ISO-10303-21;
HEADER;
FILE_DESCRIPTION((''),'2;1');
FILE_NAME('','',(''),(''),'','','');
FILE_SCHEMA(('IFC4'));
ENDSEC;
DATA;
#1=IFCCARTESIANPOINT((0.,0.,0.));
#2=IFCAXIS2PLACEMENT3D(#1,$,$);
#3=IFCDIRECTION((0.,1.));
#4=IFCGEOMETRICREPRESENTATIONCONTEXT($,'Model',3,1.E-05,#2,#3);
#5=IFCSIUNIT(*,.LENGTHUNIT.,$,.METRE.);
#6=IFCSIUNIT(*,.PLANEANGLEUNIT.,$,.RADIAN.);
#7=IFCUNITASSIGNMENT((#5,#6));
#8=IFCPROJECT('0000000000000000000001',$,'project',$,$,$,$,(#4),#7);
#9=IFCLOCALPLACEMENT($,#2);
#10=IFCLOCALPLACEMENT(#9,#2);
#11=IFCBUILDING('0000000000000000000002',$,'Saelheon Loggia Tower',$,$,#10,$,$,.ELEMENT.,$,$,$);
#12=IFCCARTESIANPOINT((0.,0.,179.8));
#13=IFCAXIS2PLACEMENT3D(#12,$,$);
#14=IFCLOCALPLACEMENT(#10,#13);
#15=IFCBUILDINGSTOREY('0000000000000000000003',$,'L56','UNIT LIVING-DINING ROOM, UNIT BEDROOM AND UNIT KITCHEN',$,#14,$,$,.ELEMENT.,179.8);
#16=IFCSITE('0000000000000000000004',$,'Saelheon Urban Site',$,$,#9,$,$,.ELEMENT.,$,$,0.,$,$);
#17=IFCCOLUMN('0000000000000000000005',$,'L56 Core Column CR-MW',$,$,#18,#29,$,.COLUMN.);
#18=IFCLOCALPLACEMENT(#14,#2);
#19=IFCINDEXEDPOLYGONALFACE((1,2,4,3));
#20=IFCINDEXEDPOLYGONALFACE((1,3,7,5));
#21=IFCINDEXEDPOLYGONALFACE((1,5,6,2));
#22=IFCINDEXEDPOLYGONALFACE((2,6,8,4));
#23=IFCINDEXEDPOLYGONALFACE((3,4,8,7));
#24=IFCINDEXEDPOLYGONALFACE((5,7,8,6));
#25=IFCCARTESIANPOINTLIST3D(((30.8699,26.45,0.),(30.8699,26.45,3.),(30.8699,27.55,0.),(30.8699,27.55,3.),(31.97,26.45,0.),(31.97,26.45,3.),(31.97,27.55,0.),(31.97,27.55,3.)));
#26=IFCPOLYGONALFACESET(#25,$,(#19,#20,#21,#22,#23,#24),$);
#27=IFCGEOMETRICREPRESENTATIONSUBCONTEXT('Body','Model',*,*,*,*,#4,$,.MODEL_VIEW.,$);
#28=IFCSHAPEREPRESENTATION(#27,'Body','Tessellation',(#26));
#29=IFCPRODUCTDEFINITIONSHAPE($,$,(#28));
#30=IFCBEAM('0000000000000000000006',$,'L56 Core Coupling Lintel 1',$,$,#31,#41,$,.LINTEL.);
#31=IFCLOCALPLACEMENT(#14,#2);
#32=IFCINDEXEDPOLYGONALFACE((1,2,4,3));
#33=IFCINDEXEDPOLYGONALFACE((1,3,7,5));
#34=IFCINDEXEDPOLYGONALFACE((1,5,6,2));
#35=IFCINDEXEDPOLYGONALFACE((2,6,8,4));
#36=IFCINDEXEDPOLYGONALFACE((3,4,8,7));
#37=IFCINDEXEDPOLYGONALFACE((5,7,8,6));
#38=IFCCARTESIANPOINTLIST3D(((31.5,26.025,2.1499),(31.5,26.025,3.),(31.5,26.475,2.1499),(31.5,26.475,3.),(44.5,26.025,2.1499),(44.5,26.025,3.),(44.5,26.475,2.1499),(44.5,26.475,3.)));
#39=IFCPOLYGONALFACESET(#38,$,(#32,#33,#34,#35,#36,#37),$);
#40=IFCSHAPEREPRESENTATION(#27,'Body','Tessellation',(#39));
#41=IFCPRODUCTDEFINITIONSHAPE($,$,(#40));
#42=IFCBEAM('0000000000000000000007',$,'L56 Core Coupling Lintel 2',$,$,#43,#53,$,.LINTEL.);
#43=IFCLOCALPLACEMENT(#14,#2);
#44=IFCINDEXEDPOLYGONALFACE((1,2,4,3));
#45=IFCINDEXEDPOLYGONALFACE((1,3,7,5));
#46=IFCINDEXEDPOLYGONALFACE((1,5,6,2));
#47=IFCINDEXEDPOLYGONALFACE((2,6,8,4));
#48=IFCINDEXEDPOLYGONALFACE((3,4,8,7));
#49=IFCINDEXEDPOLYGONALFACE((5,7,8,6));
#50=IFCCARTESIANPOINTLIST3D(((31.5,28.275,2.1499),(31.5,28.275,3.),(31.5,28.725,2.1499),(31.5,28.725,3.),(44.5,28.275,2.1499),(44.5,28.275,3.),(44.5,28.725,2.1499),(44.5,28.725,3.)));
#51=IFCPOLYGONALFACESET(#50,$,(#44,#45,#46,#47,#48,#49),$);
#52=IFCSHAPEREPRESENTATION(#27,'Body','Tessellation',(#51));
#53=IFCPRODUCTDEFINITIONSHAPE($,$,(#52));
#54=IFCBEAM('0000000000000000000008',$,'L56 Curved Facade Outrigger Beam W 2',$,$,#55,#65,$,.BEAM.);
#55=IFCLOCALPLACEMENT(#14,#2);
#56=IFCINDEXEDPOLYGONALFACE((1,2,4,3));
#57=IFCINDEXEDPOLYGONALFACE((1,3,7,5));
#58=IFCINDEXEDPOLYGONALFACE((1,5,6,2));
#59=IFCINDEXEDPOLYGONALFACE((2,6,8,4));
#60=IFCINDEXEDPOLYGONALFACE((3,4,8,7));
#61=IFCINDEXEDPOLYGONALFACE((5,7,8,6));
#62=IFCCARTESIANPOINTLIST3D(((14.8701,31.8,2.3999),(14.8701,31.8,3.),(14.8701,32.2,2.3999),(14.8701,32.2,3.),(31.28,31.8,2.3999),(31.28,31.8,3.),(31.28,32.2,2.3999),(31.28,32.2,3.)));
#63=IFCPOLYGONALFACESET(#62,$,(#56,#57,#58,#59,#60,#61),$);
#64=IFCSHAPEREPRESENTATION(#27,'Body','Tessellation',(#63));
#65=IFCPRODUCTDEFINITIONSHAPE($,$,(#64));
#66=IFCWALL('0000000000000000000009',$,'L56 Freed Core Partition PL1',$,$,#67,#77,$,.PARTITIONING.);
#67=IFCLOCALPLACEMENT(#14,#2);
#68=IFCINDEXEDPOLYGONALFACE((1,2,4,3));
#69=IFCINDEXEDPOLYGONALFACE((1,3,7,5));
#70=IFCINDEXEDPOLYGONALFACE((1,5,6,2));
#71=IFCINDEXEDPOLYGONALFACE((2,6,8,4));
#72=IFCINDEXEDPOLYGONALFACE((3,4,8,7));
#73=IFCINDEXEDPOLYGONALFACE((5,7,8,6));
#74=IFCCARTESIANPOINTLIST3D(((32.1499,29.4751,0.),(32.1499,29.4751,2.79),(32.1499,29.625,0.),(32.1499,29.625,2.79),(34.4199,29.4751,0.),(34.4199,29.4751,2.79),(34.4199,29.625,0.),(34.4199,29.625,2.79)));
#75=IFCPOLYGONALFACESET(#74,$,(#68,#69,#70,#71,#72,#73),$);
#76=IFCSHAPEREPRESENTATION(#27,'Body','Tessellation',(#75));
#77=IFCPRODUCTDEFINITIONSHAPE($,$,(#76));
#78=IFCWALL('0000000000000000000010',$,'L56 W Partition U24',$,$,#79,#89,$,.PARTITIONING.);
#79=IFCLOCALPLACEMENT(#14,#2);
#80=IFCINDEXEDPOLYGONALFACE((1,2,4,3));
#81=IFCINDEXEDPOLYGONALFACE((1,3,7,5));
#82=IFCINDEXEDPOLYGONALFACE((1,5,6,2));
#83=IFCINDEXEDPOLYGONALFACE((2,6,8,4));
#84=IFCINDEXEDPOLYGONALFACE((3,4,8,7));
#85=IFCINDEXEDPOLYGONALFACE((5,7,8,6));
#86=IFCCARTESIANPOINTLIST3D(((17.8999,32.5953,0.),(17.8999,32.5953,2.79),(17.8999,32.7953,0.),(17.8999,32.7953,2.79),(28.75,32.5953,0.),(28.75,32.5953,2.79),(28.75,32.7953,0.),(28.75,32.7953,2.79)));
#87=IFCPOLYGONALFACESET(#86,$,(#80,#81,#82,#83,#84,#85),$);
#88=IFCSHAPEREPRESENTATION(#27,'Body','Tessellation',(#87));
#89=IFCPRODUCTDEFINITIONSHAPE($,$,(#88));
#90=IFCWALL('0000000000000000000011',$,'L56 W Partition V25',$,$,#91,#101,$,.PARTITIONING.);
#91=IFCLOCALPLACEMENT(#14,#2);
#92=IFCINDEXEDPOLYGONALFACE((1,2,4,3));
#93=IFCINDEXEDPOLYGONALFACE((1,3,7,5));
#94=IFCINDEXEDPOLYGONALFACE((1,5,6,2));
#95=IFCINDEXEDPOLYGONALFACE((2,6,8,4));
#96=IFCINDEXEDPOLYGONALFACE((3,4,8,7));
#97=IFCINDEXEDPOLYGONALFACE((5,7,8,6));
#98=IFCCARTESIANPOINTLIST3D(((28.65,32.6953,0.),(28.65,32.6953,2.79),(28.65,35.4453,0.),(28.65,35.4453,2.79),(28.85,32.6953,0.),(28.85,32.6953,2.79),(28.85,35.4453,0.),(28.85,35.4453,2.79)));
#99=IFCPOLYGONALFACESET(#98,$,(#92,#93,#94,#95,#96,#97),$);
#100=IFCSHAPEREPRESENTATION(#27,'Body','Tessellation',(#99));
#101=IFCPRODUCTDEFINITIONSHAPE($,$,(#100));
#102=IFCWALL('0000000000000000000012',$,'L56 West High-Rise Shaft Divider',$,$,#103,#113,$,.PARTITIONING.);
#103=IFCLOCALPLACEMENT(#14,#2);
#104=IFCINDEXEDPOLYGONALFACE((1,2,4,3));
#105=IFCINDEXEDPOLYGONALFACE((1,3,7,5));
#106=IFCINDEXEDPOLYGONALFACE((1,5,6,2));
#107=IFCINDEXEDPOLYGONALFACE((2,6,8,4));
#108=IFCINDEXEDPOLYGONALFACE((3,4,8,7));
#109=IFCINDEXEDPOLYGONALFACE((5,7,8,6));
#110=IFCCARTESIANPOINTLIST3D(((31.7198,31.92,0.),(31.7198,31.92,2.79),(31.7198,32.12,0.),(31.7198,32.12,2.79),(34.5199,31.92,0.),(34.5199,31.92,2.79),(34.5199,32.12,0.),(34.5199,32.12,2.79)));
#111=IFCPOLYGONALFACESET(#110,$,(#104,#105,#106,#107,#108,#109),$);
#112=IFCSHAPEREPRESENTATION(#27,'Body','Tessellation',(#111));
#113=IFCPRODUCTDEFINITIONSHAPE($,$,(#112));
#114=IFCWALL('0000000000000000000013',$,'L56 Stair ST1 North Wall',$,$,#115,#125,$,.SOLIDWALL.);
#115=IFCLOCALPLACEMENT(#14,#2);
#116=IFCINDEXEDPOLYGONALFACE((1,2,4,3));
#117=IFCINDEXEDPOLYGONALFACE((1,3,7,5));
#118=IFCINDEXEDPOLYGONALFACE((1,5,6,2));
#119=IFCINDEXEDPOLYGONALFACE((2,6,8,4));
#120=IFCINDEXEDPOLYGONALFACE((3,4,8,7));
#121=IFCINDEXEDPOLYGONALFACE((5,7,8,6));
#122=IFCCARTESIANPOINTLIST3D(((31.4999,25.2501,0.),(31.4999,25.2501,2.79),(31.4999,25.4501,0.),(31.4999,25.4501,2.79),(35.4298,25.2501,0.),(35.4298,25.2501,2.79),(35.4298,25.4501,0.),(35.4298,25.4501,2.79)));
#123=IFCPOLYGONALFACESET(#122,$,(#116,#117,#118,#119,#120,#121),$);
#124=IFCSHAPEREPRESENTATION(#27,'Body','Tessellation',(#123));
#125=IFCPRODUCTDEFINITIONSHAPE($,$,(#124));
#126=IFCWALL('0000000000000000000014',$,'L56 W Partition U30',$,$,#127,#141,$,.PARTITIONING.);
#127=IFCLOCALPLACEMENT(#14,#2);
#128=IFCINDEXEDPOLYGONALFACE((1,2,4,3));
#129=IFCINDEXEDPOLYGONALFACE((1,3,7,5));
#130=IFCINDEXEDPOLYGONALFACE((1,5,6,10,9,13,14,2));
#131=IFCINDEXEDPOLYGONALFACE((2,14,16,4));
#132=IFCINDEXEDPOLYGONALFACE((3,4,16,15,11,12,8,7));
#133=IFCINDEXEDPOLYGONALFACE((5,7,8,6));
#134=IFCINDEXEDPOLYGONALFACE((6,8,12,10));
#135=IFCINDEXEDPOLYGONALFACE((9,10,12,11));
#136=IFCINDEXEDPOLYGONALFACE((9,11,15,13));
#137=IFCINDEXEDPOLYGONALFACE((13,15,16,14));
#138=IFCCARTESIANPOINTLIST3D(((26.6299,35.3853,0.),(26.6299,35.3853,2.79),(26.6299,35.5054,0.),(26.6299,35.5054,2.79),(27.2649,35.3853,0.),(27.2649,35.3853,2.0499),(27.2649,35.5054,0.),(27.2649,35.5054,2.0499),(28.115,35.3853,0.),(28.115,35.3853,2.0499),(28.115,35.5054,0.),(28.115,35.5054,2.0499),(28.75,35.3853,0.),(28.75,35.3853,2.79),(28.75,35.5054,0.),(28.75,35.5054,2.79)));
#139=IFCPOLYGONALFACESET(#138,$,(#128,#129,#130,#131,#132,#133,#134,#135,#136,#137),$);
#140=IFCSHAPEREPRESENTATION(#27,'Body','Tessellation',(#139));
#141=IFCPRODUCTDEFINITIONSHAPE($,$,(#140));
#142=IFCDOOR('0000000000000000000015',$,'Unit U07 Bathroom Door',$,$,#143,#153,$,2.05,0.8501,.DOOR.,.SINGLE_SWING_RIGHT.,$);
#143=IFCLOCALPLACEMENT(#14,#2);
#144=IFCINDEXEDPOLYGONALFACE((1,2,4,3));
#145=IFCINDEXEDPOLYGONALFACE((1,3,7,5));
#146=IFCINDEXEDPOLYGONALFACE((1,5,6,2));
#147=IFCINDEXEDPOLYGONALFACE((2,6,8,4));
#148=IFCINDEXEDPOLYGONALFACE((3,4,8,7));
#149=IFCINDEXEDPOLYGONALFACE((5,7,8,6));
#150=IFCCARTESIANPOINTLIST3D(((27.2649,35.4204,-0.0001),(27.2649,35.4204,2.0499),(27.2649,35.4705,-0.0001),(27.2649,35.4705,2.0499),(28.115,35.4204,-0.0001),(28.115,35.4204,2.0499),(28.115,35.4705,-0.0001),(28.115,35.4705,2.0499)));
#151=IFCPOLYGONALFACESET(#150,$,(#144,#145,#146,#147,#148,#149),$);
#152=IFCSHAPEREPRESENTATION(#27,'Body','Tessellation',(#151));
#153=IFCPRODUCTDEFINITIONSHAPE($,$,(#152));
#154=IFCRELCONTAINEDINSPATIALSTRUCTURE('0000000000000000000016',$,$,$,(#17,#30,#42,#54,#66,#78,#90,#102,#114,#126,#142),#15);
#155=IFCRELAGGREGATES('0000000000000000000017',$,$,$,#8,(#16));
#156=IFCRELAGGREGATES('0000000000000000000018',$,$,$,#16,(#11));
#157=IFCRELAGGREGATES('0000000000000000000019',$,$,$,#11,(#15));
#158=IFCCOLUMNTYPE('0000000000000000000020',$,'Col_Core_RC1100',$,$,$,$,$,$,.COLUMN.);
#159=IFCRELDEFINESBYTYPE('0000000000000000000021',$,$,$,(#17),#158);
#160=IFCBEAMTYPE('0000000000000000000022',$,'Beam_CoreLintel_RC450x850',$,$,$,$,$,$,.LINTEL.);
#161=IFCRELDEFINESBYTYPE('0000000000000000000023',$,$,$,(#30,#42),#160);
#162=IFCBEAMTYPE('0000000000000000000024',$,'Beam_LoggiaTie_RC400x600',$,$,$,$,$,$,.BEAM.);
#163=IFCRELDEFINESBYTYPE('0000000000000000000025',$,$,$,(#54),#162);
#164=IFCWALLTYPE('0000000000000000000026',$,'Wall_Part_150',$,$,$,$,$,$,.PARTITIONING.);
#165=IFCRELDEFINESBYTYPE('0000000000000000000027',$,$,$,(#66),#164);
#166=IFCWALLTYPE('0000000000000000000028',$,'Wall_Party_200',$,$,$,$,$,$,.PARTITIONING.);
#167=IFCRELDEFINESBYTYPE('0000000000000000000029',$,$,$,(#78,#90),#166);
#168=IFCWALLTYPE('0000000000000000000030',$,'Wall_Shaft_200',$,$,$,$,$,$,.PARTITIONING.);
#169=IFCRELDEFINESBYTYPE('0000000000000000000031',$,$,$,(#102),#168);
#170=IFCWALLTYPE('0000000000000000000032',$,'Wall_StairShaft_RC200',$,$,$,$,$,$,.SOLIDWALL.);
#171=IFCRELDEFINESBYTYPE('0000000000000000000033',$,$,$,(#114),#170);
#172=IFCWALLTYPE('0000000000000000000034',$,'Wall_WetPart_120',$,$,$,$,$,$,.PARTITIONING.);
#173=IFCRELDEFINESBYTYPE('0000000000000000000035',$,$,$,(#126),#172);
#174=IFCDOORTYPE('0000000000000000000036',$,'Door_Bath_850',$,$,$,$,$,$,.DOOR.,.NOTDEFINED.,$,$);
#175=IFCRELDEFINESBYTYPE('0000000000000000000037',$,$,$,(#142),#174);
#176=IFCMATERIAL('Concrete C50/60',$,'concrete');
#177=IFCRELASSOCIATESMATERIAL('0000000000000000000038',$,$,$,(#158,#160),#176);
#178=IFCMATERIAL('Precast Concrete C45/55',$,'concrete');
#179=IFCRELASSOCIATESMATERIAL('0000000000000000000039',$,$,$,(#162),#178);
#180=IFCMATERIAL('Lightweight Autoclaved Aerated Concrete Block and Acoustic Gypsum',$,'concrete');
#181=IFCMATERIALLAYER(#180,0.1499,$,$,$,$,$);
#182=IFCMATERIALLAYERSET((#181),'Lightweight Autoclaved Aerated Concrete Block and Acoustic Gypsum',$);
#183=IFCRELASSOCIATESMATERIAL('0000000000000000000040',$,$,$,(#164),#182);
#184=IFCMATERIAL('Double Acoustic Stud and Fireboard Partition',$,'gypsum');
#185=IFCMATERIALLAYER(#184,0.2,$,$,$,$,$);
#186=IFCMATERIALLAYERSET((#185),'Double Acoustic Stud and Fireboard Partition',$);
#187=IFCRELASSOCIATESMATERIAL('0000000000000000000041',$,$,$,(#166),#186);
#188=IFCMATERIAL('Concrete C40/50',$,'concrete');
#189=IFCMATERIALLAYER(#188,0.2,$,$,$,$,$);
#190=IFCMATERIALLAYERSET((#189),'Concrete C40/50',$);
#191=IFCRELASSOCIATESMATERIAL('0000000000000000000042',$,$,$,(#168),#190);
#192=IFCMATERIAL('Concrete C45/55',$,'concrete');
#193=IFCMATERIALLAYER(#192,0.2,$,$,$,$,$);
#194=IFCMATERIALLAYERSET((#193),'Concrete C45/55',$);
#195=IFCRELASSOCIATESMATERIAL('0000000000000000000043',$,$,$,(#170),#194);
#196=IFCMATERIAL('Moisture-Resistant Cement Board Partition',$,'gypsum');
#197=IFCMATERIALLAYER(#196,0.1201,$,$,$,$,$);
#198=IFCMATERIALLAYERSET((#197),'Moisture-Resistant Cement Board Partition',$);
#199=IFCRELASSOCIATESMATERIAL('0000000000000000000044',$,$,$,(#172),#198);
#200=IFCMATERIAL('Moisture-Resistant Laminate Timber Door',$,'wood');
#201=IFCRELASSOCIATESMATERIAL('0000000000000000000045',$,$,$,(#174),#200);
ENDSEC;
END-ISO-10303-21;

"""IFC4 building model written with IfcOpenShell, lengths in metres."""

from ifc_helpers import new_model, si_unit, direction, frame, frame_2d, origin, origin_2d, place, context, subcontext, project, spatial, rectangle, extrude, source, transform, mapped, material, layer, layer_set, material_profile, profile_set, type_object, element, fill, save


model = new_model("IFC4")

# Units and contexts
model_context = context("Model", 3, precision=1e-05, world=origin(), true_north=direction((0.0, 1.0)))
body_context = subcontext(model_context, "Body", "Model", "MODEL_VIEW")
ifc_project = project(units=[si_unit("LENGTHUNIT", "METRE"), si_unit("PLANEANGLEUNIT", "RADIAN")], contexts=[model_context])

# Site, building, storey
site_placement = place(None, origin())
site = spatial("IfcSite", under=ifc_project, at=site_placement, Name="Saelheon Urban Site", CompositionType="ELEMENT", RefElevation=0.0)
building_placement = place(site_placement, origin())
building = spatial("IfcBuilding", under=site, at=building_placement, Name="Saelheon Loggia Tower", CompositionType="ELEMENT")
storey_placement = place(building_placement, frame((0.0, 0.0, 179.8)))
storey = spatial("IfcBuildingStorey", under=building, at=storey_placement, Name="L56", Description="UNIT LIVING-DINING ROOM, UNIT BEDROOM AND UNIT KITCHEN", CompositionType="ELEMENT", Elevation=179.8)

# Column
ifc_material_1 = material(Name="Concrete C50/60", Category="concrete")
ifc_material_profile_1 = material_profile(ifc_material_1, rectangle(XDim=1.1001, YDim=1.1001, at=origin_2d()), Name="RC-1100x1100")
ifc_profile_set_1 = profile_set([ifc_material_profile_1], Name="Concrete C50/60")
column_type = type_object("IfcColumnType", Name="Col_Core_RC1100", PredefinedType="COLUMN", material=ifc_profile_set_1)
shared_shape_1 = source(origin(), body_context, "Body", "SweptSolid", [
    extrude(rectangle(XDim=1.1001, YDim=1.1001, at=origin_2d()), origin(), (0.0, 0.0, 1.0), 3.0),
])
column_placement = place(storey_placement, frame((31.4199, 27.0, 0.0), z_axis=(0.0, 0.0, 1.0), x_axis=(1.0, 0.0, 0.0)))
element("IfcColumn", 1, at=column_placement, inside=storey, type_object=column_type, Name="L56 Core Column CR-MW", PredefinedType="COLUMN", context=body_context, shape_type="MappedRepresentation", body=[
    mapped(shared_shape_1, transform((0.0, 0.0, 0.0), scale=1.0)),
])

# Beams
ifc_material_profile_2 = material_profile(ifc_material_1, rectangle(XDim=0.45, YDim=0.8501, at=origin_2d()), Name="RC-450x850")
ifc_profile_set_2 = profile_set([ifc_material_profile_2], Name="Concrete C50/60")
beam_type_1 = type_object("IfcBeamType", Name="Beam_CoreLintel_RC450x850", PredefinedType="LINTEL", material=ifc_profile_set_2)
shared_shape_2 = source(origin(), body_context, "Body", "SweptSolid", [
    extrude(rectangle(XDim=0.45, YDim=0.8501, at=origin_2d()), origin(), (0.0, 0.0, 1.0), 13.0),
])
for number, where, z_axis, x_axis, name in (
    (2, (31.5, 26.25, 2.575), (1.0, 0.0, 0.0), (0.0, 1.0, 0.0), "L56 Core Coupling Lintel 1"),
    (3, (31.5, 28.5, 2.575), (1.0, 0.0, 0.0), (0.0, 1.0, 0.0), "L56 Core Coupling Lintel 2"),
):
    element("IfcBeam", number, at=place(storey_placement, frame(where, z_axis=z_axis, x_axis=x_axis)), inside=storey, type_object=beam_type_1, Name=name, PredefinedType="LINTEL", context=body_context, shape_type="MappedRepresentation", body=[
        mapped(shared_shape_2, transform((0.0, 0.0, 0.0), scale=1.0)),
    ])
ifc_material_2 = material(Name="Precast Concrete C45/55", Category="concrete")
ifc_material_profile_3 = material_profile(ifc_material_2, rectangle(XDim=0.3999, YDim=0.6001, at=origin_2d()), Name="RC-400x600")
ifc_profile_set_3 = profile_set([ifc_material_profile_3], Name="Precast Concrete C45/55")
beam_type_2 = type_object("IfcBeamType", Name="Beam_LoggiaTie_RC400x600", PredefinedType="BEAM", material=ifc_profile_set_3)
shared_shape_3 = source(origin(), body_context, "Body", "SweptSolid", [
    extrude(rectangle(XDim=0.3999, YDim=0.6001, at=origin_2d()), origin(), (0.0, 0.0, 1.0), 16.4099),
])
beam_placement = place(storey_placement, frame((31.28, 32.0, 2.7), z_axis=(-1.0, 0.0, 0.0), x_axis=(0.0, -1.0, 0.0)))
element("IfcBeam", 4, at=beam_placement, inside=storey, type_object=beam_type_2, Name="L56 Curved Facade Outrigger Beam W 2", PredefinedType="BEAM", context=body_context, shape_type="MappedRepresentation", body=[
    mapped(shared_shape_3, transform((0.0, 0.0, 0.0), scale=1.0)),
])

# Walls
ifc_material_3 = material(Name="Lightweight Autoclaved Aerated Concrete Block and Acoustic Gypsum", Category="concrete")
ifc_layer_1 = layer(ifc_material_3, 0.1499)
ifc_layer_set_1 = layer_set([ifc_layer_1], Name="Lightweight Autoclaved Aerated Concrete Block and Acoustic Gypsum")
wall_type_1 = type_object("IfcWallType", Name="Wall_Part_150", PredefinedType="PARTITIONING", material=ifc_layer_set_1)
wall_1_placement = place(storey_placement, frame((32.1499, 29.55, 0.0), z_axis=(0.0, 0.0, 1.0), x_axis=(1.0, 0.0, 0.0)))
element("IfcWall", 5, at=wall_1_placement, inside=storey, type_object=wall_type_1, Name="L56 Freed Core Partition PL1", PredefinedType="PARTITIONING", context=body_context, shape_type="SweptSolid", body=[
    extrude(rectangle(XDim=2.27, YDim=0.1499, at=frame_2d((1.135, 0.0))), origin(), (0.0, 0.0, 1.0), 2.79),
])
ifc_material_4 = material(Name="Double Acoustic Stud and Fireboard Partition", Category="gypsum")
ifc_layer_2 = layer(ifc_material_4, 0.2)
ifc_layer_set_2 = layer_set([ifc_layer_2], Name="Double Acoustic Stud and Fireboard Partition")
wall_type_2 = type_object("IfcWallType", Name="Wall_Party_200", PredefinedType="PARTITIONING", material=ifc_layer_set_2)
wall_2_placement = place(storey_placement, frame((28.75, 32.6953, 0.0), z_axis=(0.0, 0.0, 1.0), x_axis=(-1.0, 0.0, 0.0)))
element("IfcWall", 6, at=wall_2_placement, inside=storey, type_object=wall_type_2, Name="L56 W Partition U24", PredefinedType="PARTITIONING", context=body_context, shape_type="SweptSolid", body=[
    extrude(rectangle(XDim=10.8501, YDim=0.2, at=frame_2d((5.425, 0.0))), origin(), (0.0, 0.0, 1.0), 2.79),
])
wall_3_placement = place(storey_placement, frame((28.75, 32.6953, 0.0), z_axis=(0.0, 0.0, 1.0), x_axis=(0.0, 1.0, 0.0)))
element("IfcWall", 7, at=wall_3_placement, inside=storey, type_object=wall_type_2, Name="L56 W Partition V25", PredefinedType="PARTITIONING", context=body_context, shape_type="SweptSolid", body=[
    extrude(rectangle(XDim=2.75, YDim=0.2, at=frame_2d((1.375, 0.0))), origin(), (0.0, 0.0, 1.0), 2.79),
])

# Shared definitions
ifc_material_5 = material(Name="Concrete C40/50", Category="concrete")
ifc_layer_3 = layer(ifc_material_5, 0.2)
ifc_layer_set_3 = layer_set([ifc_layer_3], Name="Concrete C40/50")
wall_type_3 = type_object("IfcWallType", Name="Wall_Shaft_200", PredefinedType="PARTITIONING", material=ifc_layer_set_3)

# Walls
wall_4_placement = place(storey_placement, frame((31.72, 32.02, 0.0), z_axis=(0.0, 0.0, 1.0), x_axis=(1.0, 0.0, 0.0)))
element("IfcWall", 8, at=wall_4_placement, inside=storey, type_object=wall_type_3, Name="L56 West High-Rise Shaft Divider", PredefinedType="PARTITIONING", context=body_context, shape_type="SweptSolid", body=[
    extrude(rectangle(XDim=2.8, YDim=0.2, at=frame_2d((1.3999, 0.0))), origin(), (0.0, 0.0, 1.0), 2.79),
])
ifc_material_6 = material(Name="Concrete C45/55", Category="concrete")
ifc_layer_4 = layer(ifc_material_6, 0.2)
ifc_layer_set_4 = layer_set([ifc_layer_4], Name="Concrete C45/55")
wall_type_4 = type_object("IfcWallType", Name="Wall_StairShaft_RC200", PredefinedType="SOLIDWALL", material=ifc_layer_set_4)
wall_5_placement = place(storey_placement, frame((31.5, 25.3501, 0.0), z_axis=(0.0, 0.0, 1.0), x_axis=(1.0, 0.0, 0.0)))
element("IfcWall", 9, at=wall_5_placement, inside=storey, type_object=wall_type_4, Name="L56 Stair ST1 North Wall", PredefinedType="SOLIDWALL", context=body_context, shape_type="SweptSolid", body=[
    extrude(rectangle(XDim=3.9299, YDim=0.2, at=frame_2d((1.9648, 0.0))), origin(), (0.0, 0.0, 1.0), 2.79),
])

# Wall, opening, door
ifc_material_7 = material(Name="Moisture-Resistant Cement Board Partition", Category="gypsum")
ifc_layer_5 = layer(ifc_material_7, 0.1201)
ifc_layer_set_5 = layer_set([ifc_layer_5], Name="Moisture-Resistant Cement Board Partition")
wall_type_5 = type_object("IfcWallType", Name="Wall_WetPart_120", PredefinedType="PARTITIONING", material=ifc_layer_set_5)
wall_6_placement = place(storey_placement, frame((28.75, 35.4453, 0.0), z_axis=(0.0, 0.0, 1.0), x_axis=(-1.0, 0.0, 0.0)))
wall_6 = element("IfcWall", 10, at=wall_6_placement, inside=storey, type_object=wall_type_5, Name="L56 W Partition U30", PredefinedType="PARTITIONING", context=body_context, shape_type="SweptSolid", body=[
    extrude(rectangle(XDim=2.1201, YDim=0.1201, at=frame_2d((1.0601, 0.0))), origin(), (0.0, 0.0, 1.0), 2.79),
])
opening_1_placement = place(wall_6_placement, frame((0.635, 0.0, 0.0)))
opening_1 = element("IfcOpeningElement", 11, at=opening_1_placement, cuts=wall_6, PredefinedType="OPENING", context=body_context, shape_type="SweptSolid", body=[
    extrude(rectangle(XDim=0.8501, YDim=2.05, at=frame_2d((0.425, 1.0249))), frame((0.0, 0.072, 0.0), z_axis=(0.0, -1.0, 0.0), x_axis=(1.0, 0.0, 0.0)), (0.0, 0.0, 1.0), 0.144),
])
ifc_material_8 = material(Name="Moisture-Resistant Laminate Timber Door", Category="wood")
door_type_1 = type_object("IfcDoorType", Name="Door_Bath_850", OperationType="NOTDEFINED", PredefinedType="DOOR", material=ifc_material_8)
shared_shape_4 = source(origin(), body_context, "Body", "SweptSolid", [
    extrude(rectangle(XDim=0.8501, YDim=2.05, at=frame_2d((0.425, 1.0249))), frame((0.0, 0.0249, 0.0), z_axis=(0.0, -1.0, 0.0), x_axis=(1.0, 0.0, 0.0)), (0.0, 0.0, 1.0), 0.05),
])
door_1_placement = place(opening_1_placement, origin())
door_1 = element("IfcDoor", 12, at=door_1_placement, inside=storey, type_object=door_type_1, Name="Unit U07 Bathroom Door", OperationType="SINGLE_SWING_RIGHT", OverallHeight=2.05, OverallWidth=0.8501, PredefinedType="DOOR", context=body_context, shape_type="MappedRepresentation", body=[
    mapped(shared_shape_4, transform((0.0, 0.0, 0.0), scale=1.0)),
])
fill(opening_1, door_1)

save(model, "model.ifc")
